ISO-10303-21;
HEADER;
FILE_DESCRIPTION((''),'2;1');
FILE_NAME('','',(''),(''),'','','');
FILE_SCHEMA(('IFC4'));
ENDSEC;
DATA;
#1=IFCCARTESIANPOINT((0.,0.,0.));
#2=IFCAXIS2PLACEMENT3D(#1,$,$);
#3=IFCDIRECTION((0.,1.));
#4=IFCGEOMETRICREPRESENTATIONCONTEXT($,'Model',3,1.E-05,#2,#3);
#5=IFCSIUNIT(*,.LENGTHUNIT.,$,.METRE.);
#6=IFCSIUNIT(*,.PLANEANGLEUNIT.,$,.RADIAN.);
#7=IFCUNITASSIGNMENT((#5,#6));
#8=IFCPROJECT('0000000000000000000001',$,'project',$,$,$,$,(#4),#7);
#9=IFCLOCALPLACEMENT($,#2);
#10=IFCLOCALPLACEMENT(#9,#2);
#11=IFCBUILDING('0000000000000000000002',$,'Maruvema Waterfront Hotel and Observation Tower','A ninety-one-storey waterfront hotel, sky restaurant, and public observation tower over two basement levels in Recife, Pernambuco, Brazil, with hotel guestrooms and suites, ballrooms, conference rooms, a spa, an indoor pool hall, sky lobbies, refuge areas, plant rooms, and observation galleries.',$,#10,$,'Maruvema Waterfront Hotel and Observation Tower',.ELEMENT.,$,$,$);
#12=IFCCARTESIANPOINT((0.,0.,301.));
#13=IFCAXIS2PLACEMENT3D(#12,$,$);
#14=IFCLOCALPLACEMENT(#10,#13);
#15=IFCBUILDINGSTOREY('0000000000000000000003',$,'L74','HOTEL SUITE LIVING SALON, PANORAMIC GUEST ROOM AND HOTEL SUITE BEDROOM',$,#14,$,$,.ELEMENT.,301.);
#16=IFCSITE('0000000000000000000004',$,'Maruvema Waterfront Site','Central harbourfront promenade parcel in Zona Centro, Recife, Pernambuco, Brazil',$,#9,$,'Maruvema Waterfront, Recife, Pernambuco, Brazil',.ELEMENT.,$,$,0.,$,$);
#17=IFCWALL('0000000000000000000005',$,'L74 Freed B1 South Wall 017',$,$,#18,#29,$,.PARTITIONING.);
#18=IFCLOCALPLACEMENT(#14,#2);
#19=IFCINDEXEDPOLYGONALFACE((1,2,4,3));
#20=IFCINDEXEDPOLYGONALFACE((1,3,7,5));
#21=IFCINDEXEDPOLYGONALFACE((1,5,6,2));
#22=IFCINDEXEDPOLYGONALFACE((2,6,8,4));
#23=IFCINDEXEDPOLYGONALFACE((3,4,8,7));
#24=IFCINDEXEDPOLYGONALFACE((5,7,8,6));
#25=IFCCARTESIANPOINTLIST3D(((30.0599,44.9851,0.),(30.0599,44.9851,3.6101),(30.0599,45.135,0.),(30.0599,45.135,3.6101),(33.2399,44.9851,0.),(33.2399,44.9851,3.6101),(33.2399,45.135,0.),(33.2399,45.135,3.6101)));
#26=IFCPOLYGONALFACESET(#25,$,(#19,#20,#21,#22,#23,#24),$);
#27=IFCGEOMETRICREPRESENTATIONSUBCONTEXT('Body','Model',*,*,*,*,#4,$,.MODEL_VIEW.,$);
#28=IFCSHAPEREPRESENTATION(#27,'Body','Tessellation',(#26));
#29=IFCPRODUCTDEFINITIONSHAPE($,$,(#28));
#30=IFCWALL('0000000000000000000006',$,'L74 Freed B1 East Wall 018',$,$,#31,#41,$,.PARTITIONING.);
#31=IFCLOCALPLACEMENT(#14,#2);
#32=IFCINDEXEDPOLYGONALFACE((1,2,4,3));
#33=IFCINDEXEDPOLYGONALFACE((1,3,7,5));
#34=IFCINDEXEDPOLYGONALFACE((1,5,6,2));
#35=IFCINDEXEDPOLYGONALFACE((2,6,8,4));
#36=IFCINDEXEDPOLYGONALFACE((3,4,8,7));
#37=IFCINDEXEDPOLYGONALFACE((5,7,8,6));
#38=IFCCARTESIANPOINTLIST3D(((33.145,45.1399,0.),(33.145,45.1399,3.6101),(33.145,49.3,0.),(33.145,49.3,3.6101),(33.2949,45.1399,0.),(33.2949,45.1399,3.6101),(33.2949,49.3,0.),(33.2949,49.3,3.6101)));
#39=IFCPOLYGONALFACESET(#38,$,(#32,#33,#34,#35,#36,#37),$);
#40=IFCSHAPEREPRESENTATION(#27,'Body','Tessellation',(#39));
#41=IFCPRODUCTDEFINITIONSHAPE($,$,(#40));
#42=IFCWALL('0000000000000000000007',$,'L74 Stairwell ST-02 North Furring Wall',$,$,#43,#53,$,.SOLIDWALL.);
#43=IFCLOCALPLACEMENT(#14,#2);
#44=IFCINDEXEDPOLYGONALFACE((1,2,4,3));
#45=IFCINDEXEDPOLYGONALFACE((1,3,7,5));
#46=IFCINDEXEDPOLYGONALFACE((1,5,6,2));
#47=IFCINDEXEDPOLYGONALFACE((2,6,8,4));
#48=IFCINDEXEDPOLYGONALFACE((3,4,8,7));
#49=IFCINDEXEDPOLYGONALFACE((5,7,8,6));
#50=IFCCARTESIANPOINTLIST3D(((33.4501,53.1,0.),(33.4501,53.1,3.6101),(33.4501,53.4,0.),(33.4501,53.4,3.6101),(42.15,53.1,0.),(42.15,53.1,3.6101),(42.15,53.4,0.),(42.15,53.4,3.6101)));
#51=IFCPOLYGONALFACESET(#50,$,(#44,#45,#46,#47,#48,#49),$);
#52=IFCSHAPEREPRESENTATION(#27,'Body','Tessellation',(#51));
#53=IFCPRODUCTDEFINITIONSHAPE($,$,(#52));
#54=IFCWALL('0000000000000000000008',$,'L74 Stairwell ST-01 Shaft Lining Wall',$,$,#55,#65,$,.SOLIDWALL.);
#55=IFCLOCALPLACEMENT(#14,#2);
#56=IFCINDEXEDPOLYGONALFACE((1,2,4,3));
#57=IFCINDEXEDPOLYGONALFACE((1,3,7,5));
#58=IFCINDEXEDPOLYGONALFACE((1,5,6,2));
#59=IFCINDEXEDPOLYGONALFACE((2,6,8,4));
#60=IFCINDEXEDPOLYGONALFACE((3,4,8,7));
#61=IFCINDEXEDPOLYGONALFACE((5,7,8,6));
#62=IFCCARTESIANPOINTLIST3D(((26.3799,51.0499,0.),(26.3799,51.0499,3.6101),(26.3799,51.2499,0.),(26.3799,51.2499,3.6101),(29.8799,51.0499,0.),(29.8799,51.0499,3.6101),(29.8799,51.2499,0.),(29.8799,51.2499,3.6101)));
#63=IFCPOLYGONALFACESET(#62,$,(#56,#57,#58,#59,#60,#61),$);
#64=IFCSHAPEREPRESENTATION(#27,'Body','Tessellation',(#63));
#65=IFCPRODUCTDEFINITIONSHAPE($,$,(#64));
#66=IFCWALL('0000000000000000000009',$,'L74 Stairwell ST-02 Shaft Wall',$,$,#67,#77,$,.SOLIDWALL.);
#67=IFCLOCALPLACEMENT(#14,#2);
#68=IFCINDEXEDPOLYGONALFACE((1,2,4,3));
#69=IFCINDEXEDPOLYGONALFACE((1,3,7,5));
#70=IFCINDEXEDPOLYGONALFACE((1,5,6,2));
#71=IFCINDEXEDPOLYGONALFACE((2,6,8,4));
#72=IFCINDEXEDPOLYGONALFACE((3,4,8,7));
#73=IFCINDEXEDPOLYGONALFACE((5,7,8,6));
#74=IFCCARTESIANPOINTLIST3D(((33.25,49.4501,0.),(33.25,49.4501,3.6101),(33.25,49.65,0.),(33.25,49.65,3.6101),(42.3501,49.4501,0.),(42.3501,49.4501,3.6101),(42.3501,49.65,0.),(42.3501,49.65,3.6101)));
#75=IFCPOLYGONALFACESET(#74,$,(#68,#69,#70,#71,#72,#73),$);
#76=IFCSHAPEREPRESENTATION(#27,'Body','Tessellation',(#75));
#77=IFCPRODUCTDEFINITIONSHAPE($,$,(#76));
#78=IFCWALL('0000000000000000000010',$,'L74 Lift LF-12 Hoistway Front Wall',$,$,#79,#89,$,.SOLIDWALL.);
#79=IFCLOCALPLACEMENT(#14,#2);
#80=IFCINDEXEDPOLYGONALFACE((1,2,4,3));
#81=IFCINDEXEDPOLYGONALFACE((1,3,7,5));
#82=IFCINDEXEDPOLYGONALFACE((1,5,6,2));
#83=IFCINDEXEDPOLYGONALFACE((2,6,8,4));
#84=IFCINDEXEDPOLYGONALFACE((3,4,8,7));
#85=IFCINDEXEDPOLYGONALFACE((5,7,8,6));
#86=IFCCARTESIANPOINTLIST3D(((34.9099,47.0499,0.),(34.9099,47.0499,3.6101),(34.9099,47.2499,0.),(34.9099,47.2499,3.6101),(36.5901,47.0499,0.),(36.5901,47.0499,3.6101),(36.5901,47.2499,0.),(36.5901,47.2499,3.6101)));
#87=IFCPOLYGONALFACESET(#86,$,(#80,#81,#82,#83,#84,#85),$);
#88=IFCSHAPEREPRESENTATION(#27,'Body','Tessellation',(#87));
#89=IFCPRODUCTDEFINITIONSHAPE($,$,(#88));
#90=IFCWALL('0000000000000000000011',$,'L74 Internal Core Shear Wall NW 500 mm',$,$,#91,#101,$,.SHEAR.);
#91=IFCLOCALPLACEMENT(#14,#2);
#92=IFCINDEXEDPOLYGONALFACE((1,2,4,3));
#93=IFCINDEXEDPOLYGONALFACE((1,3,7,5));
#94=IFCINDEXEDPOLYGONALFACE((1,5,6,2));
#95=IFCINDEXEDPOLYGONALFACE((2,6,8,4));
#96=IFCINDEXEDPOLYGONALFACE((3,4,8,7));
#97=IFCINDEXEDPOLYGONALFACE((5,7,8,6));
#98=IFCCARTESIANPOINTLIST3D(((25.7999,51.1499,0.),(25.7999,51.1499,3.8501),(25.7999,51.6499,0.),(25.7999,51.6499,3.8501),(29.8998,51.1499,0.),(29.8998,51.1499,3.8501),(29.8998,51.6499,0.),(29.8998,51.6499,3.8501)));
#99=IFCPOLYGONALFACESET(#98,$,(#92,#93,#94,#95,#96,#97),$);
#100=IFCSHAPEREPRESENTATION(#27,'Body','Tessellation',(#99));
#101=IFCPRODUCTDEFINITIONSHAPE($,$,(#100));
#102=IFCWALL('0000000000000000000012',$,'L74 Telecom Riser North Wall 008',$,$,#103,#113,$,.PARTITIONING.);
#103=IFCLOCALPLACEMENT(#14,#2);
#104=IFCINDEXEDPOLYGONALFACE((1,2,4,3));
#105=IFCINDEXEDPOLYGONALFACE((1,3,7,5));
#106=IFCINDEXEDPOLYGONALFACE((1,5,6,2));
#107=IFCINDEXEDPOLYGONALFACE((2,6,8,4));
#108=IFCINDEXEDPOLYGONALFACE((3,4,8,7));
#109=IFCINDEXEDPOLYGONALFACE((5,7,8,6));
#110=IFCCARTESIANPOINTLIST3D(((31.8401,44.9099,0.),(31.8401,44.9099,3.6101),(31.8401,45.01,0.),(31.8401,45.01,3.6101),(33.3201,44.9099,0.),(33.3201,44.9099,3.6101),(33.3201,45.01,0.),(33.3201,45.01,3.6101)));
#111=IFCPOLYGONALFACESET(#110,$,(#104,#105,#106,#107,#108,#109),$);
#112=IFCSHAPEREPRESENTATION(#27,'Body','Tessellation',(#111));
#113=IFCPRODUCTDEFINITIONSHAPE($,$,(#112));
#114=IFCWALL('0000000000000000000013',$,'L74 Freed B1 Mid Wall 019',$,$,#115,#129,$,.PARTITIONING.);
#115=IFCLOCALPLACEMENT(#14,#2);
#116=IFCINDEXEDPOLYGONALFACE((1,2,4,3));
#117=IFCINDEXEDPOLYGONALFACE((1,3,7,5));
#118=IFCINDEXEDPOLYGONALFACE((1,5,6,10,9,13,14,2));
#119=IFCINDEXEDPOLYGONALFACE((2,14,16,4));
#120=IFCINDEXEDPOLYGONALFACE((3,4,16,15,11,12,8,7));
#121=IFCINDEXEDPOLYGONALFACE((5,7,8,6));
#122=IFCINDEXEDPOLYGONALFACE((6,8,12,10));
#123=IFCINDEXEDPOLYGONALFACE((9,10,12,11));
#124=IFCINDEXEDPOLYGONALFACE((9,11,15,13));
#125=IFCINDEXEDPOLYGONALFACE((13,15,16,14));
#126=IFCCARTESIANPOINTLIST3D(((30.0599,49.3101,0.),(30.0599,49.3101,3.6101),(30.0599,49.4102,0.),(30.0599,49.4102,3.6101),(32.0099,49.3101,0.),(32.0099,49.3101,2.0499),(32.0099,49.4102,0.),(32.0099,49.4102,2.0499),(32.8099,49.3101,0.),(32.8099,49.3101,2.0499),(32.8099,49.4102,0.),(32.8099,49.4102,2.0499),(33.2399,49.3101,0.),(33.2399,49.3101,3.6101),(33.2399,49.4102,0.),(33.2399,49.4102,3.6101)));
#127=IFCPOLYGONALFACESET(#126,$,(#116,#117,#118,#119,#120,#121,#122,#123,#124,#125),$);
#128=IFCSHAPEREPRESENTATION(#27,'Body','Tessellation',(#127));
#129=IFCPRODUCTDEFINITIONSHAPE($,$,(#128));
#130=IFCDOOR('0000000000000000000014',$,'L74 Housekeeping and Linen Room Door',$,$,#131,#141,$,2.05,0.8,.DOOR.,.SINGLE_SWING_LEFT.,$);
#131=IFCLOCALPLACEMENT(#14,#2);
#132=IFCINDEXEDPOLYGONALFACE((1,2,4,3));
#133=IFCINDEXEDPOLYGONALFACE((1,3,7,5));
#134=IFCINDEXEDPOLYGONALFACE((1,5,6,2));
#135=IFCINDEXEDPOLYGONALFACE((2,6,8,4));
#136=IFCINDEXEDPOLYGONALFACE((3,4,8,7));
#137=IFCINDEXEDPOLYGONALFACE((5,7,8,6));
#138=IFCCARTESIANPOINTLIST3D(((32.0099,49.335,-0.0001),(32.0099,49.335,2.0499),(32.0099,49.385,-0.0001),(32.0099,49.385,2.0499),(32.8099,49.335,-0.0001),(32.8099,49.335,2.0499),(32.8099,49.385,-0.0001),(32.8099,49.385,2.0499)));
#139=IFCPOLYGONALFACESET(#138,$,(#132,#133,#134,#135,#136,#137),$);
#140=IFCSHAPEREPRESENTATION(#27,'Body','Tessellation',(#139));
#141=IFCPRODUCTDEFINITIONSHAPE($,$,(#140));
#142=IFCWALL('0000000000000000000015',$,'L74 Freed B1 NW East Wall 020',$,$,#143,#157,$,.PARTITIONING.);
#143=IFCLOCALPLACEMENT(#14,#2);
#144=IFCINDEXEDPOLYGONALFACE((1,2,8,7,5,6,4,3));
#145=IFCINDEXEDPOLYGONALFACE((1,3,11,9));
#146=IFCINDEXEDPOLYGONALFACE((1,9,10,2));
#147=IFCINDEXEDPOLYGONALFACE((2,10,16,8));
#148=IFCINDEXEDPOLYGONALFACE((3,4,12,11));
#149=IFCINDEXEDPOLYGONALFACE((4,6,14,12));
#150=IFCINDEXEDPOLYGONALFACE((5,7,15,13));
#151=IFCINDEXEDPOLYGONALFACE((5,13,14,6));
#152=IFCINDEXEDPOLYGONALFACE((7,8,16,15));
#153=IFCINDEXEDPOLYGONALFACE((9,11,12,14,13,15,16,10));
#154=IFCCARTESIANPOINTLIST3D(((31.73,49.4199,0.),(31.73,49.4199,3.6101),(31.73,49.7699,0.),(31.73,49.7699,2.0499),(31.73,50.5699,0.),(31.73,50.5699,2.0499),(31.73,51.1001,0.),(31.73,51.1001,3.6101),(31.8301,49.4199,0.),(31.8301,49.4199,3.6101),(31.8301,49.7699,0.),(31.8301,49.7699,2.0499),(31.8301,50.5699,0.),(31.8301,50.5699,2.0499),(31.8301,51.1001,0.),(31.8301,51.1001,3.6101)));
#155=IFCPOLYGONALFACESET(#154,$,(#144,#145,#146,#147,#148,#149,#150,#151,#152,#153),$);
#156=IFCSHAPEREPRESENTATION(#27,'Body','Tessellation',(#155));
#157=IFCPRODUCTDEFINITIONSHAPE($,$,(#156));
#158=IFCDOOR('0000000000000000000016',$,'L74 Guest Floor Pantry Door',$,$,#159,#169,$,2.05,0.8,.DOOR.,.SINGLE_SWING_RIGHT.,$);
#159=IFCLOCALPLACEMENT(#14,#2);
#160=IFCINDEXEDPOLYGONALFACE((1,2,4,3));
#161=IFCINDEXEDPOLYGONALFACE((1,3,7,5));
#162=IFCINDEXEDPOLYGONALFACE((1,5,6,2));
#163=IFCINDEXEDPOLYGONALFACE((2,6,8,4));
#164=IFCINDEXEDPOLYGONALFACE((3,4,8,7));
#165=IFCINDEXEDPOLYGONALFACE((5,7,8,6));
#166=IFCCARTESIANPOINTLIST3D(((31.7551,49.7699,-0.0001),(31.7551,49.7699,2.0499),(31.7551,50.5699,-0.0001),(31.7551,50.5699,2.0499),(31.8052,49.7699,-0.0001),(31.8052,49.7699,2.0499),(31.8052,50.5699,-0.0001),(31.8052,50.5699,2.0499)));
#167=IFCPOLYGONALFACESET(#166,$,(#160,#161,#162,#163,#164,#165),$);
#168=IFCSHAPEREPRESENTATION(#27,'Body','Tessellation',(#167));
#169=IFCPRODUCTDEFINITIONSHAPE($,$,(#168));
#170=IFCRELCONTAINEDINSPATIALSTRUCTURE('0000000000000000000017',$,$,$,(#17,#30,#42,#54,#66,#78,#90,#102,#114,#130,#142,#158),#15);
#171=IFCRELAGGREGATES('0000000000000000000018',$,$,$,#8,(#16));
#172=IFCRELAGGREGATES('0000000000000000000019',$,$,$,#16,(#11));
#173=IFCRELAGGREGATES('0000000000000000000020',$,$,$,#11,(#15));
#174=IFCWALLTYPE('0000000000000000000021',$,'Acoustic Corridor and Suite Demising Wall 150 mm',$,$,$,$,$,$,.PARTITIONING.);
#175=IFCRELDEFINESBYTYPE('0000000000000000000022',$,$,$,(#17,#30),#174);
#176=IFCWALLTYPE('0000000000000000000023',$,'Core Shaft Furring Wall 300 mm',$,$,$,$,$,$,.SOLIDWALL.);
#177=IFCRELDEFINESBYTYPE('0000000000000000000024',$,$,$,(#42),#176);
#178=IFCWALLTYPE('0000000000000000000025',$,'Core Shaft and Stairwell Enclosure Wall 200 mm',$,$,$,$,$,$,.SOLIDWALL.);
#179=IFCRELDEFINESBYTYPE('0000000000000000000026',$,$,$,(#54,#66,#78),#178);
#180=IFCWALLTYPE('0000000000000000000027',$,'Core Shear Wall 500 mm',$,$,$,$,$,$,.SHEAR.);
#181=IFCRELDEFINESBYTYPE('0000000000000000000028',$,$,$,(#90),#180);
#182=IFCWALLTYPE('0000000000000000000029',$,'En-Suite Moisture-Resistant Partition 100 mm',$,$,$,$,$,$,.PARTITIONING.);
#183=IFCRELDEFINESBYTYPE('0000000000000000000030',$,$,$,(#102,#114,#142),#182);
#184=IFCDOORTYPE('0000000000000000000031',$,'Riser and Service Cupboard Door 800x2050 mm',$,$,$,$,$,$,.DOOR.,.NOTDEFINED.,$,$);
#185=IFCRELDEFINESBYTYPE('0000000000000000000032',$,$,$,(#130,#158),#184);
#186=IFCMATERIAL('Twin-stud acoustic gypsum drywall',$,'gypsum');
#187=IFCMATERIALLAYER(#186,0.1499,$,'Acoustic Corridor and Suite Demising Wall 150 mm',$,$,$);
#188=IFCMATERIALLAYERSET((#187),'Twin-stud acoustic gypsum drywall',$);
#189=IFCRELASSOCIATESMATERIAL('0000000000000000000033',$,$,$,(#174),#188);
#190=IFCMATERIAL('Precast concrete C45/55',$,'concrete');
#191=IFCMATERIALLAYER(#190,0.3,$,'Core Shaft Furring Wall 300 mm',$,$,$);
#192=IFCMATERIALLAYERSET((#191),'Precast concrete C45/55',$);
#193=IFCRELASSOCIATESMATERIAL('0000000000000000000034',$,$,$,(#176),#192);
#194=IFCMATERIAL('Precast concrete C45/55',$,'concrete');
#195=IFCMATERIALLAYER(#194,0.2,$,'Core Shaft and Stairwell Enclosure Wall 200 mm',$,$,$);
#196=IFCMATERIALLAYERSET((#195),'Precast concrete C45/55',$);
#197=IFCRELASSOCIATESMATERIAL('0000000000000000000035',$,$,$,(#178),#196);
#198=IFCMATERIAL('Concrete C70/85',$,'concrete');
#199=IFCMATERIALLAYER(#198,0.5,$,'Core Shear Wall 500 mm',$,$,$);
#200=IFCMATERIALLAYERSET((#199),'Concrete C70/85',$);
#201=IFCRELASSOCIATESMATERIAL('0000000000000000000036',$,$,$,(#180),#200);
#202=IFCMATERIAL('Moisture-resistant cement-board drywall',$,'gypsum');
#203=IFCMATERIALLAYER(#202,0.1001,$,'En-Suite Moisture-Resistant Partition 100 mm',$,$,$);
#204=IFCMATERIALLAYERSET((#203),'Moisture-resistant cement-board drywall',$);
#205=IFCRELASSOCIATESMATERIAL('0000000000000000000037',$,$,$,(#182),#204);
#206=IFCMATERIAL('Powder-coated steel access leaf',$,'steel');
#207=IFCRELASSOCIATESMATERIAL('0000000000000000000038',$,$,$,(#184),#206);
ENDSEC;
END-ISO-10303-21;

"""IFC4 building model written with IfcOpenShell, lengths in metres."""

from ifc_helpers import new_model, si_unit, direction, frame, frame_2d, origin, place, context, subcontext, project, spatial, rectangle, extrude, material, layer, layer_set, type_object, element, fill, save


model = new_model("IFC4")

# Units and contexts
model_context = context("Model", 3, precision=1e-05, world=origin(), true_north=direction((0.0, 1.0)))
body_context = subcontext(model_context, "Body", "Model", "MODEL_VIEW")
ifc_project = project(units=[si_unit("LENGTHUNIT", "METRE"), si_unit("PLANEANGLEUNIT", "RADIAN")], contexts=[model_context])

# Site, building, storey
site_placement = place(None, origin())
site = spatial("IfcSite", under=ifc_project, at=site_placement, Name="Maruvema Waterfront Site", Description="Central harbourfront promenade parcel in Zona Centro, Recife, Pernambuco, Brazil", LongName="Maruvema Waterfront, Recife, Pernambuco, Brazil", CompositionType="ELEMENT", RefElevation=0.0)
building_placement = place(site_placement, origin())
building = spatial("IfcBuilding", under=site, at=building_placement, Name="Maruvema Waterfront Hotel and Observation Tower", Description="A ninety-one-storey waterfront hotel, sky restaurant, and public observation tower over two basement levels in Recife, Pernambuco, Brazil, with hotel guestrooms and suites, ballrooms, conference rooms, a spa, an indoor pool hall, sky lobbies, refuge areas, plant rooms, and observation galleries.", LongName="Maruvema Waterfront Hotel and Observation Tower", CompositionType="ELEMENT")
storey_placement = place(building_placement, frame((0.0, 0.0, 301.0)))
storey = spatial("IfcBuildingStorey", under=building, at=storey_placement, Name="L74", Description="HOTEL SUITE LIVING SALON, PANORAMIC GUEST ROOM AND HOTEL SUITE BEDROOM", CompositionType="ELEMENT", Elevation=301.0)

# Walls
ifc_material_1 = material(Name="Twin-stud acoustic gypsum drywall", Category="gypsum")
ifc_layer_1 = layer(ifc_material_1, 0.1499, Name="Acoustic Corridor and Suite Demising Wall 150 mm")
ifc_layer_set_1 = layer_set([ifc_layer_1], Name="Twin-stud acoustic gypsum drywall")
wall_type_1 = type_object("IfcWallType", Name="Acoustic Corridor and Suite Demising Wall 150 mm", PredefinedType="PARTITIONING", material=ifc_layer_set_1)
wall_1_placement = place(storey_placement, frame((30.0601, 45.0601, 0.0), z_axis=(0.0, 0.0, 1.0), x_axis=(1.0, 0.0, 0.0)))
element("IfcWall", 1, at=wall_1_placement, inside=storey, type_object=wall_type_1, Name="L74 Freed B1 South Wall 017", PredefinedType="PARTITIONING", context=body_context, shape_type="SweptSolid", body=[
    extrude(rectangle(XDim=3.1799, YDim=0.1499, at=frame_2d((1.5898, 0.0))), origin(), (0.0, 0.0, 1.0), 3.6101),
])
wall_2_placement = place(storey_placement, frame((33.22, 45.1399, 0.0), z_axis=(0.0, 0.0, 1.0), x_axis=(0.0, 1.0, 0.0)))
element("IfcWall", 2, at=wall_2_placement, inside=storey, type_object=wall_type_1, Name="L74 Freed B1 East Wall 018", PredefinedType="PARTITIONING", context=body_context, shape_type="SweptSolid", body=[
    extrude(rectangle(XDim=4.1602, YDim=0.1499, at=frame_2d((2.0801, 0.0))), origin(), (0.0, 0.0, 1.0), 3.6101),
])
ifc_material_2 = material(Name="Precast concrete C45/55", Category="concrete")
ifc_layer_2 = layer(ifc_material_2, 0.3, Name="Core Shaft Furring Wall 300 mm")
ifc_layer_set_2 = layer_set([ifc_layer_2], Name="Precast concrete C45/55")
wall_type_2 = type_object("IfcWallType", Name="Core Shaft Furring Wall 300 mm", PredefinedType="SOLIDWALL", material=ifc_layer_set_2)
wall_3_placement = place(storey_placement, frame((33.45, 53.25, 0.0), z_axis=(0.0, 0.0, 1.0), x_axis=(1.0, 0.0, 0.0)))
element("IfcWall", 3, at=wall_3_placement, inside=storey, type_object=wall_type_2, Name="L74 Stairwell ST-02 North Furring Wall", PredefinedType="SOLIDWALL", context=body_context, shape_type="SweptSolid", body=[
    extrude(rectangle(XDim=8.7, YDim=0.3, at=frame_2d((4.3501, 0.0))), origin(), (0.0, 0.0, 1.0), 3.6101),
])
ifc_material_3 = material(Name="Precast concrete C45/55", Category="concrete")
ifc_layer_3 = layer(ifc_material_3, 0.2, Name="Core Shaft and Stairwell Enclosure Wall 200 mm")
ifc_layer_set_3 = layer_set([ifc_layer_3], Name="Precast concrete C45/55")
wall_type_3 = type_object("IfcWallType", Name="Core Shaft and Stairwell Enclosure Wall 200 mm", PredefinedType="SOLIDWALL", material=ifc_layer_set_3)
wall_4_placement = place(storey_placement, frame((26.3799, 51.1499, 0.0), z_axis=(0.0, 0.0, 1.0), x_axis=(1.0, 0.0, 0.0)))
element("IfcWall", 4, at=wall_4_placement, inside=storey, type_object=wall_type_3, Name="L74 Stairwell ST-01 Shaft Lining Wall", PredefinedType="SOLIDWALL", context=body_context, shape_type="SweptSolid", body=[
    extrude(rectangle(XDim=3.5, YDim=0.2, at=frame_2d((1.75, 0.0))), origin(), (0.0, 0.0, 1.0), 3.6101),
])
wall_5_placement = place(storey_placement, frame((33.25, 49.55, 0.0), z_axis=(0.0, 0.0, 1.0), x_axis=(1.0, 0.0, 0.0)))
element("IfcWall", 5, at=wall_5_placement, inside=storey, type_object=wall_type_3, Name="L74 Stairwell ST-02 Shaft Wall", PredefinedType="SOLIDWALL", context=body_context, shape_type="SweptSolid", body=[
    extrude(rectangle(XDim=9.1001, YDim=0.2, at=frame_2d((4.55, 0.0))), origin(), (0.0, 0.0, 1.0), 3.6101),
])

# Walls
wall_6_placement = place(storey_placement, frame((34.9099, 47.1499, 0.0), z_axis=(0.0, 0.0, 1.0), x_axis=(1.0, 0.0, 0.0)))
element("IfcWall", 6, at=wall_6_placement, inside=storey, type_object=wall_type_3, Name="L74 Lift LF-12 Hoistway Front Wall", PredefinedType="SOLIDWALL", context=body_context, shape_type="SweptSolid", body=[
    extrude(rectangle(XDim=1.6802, YDim=0.2, at=frame_2d((0.8401, 0.0))), origin(), (0.0, 0.0, 1.0), 3.6101),
])
ifc_material_4 = material(Name="Concrete C70/85", Category="concrete")
ifc_layer_4 = layer(ifc_material_4, 0.5, Name="Core Shear Wall 500 mm")
ifc_layer_set_4 = layer_set([ifc_layer_4], Name="Concrete C70/85")
wall_type_4 = type_object("IfcWallType", Name="Core Shear Wall 500 mm", PredefinedType="SHEAR", material=ifc_layer_set_4)
wall_7_placement = place(storey_placement, frame((25.8, 51.3999, 0.0), z_axis=(0.0, 0.0, 1.0), x_axis=(1.0, 0.0, 0.0)))
element("IfcWall", 7, at=wall_7_placement, inside=storey, type_object=wall_type_4, Name="L74 Internal Core Shear Wall NW 500 mm", PredefinedType="SHEAR", context=body_context, shape_type="SweptSolid", body=[
    extrude(rectangle(XDim=4.0999, YDim=0.5, at=frame_2d((2.0498, 0.0))), origin(), (0.0, 0.0, 1.0), 3.8501),
])
ifc_material_5 = material(Name="Moisture-resistant cement-board drywall", Category="gypsum")
ifc_layer_5 = layer(ifc_material_5, 0.1001, Name="En-Suite Moisture-Resistant Partition 100 mm")
ifc_layer_set_5 = layer_set([ifc_layer_5], Name="Moisture-resistant cement-board drywall")
wall_type_5 = type_object("IfcWallType", Name="En-Suite Moisture-Resistant Partition 100 mm", PredefinedType="PARTITIONING", material=ifc_layer_set_5)
wall_8_placement = place(storey_placement, frame((31.8401, 44.96, 0.0), z_axis=(0.0, 0.0, 1.0), x_axis=(1.0, 0.0, 0.0)))
element("IfcWall", 8, at=wall_8_placement, inside=storey, type_object=wall_type_5, Name="L74 Telecom Riser North Wall 008", PredefinedType="PARTITIONING", context=body_context, shape_type="SweptSolid", body=[
    extrude(rectangle(XDim=1.48, YDim=0.1001, at=frame_2d((0.74, 0.0))), origin(), (0.0, 0.0, 1.0), 3.6101),
])

# Walls, openings, doors
wall_9_placement = place(storey_placement, frame((30.0601, 49.3601, 0.0), z_axis=(0.0, 0.0, 1.0), x_axis=(1.0, 0.0, 0.0)))
wall_9 = element("IfcWall", 9, at=wall_9_placement, inside=storey, type_object=wall_type_5, Name="L74 Freed B1 Mid Wall 019", PredefinedType="PARTITIONING", context=body_context, shape_type="SweptSolid", body=[
    extrude(rectangle(XDim=3.1799, YDim=0.1001, at=frame_2d((1.5898, 0.0))), origin(), (0.0, 0.0, 1.0), 3.6101),
])
opening_1_placement = place(wall_9_placement, frame((1.95, 0.0, 0.0)))
opening_1 = element("IfcOpeningElement", 10, at=opening_1_placement, cuts=wall_9, PredefinedType="OPENING", context=body_context, shape_type="SweptSolid", body=[
    extrude(rectangle(XDim=0.8, YDim=2.05, at=frame_2d((0.3999, 1.0249))), frame((0.0, 0.0601, 0.0), z_axis=(0.0, -1.0, 0.0), x_axis=(1.0, 0.0, 0.0)), (0.0, 0.0, 1.0), 0.1201),
])
ifc_material_6 = material(Name="Powder-coated steel access leaf", Category="steel")
door_type_1 = type_object("IfcDoorType", Name="Riser and Service Cupboard Door 800x2050 mm", OperationType="NOTDEFINED", PredefinedType="DOOR", material=ifc_material_6)
door_1_placement = place(opening_1_placement, origin())
door_1 = element("IfcDoor", 11, at=door_1_placement, inside=storey, type_object=door_type_1, Name="L74 Housekeeping and Linen Room Door", OperationType="SINGLE_SWING_LEFT", OverallHeight=2.05, OverallWidth=0.8, PredefinedType="DOOR", context=body_context, shape_type="SweptSolid", body=[
    extrude(rectangle(XDim=0.8, YDim=2.05, at=frame_2d((0.3999, 1.0249))), frame((0.0, 0.0249, 0.0), z_axis=(0.0, -1.0, 0.0), x_axis=(1.0, 0.0, 0.0)), (0.0, 0.0, 1.0), 0.05),
])
fill(opening_1, door_1)
wall_10_placement = place(storey_placement, frame((31.78, 49.4199, 0.0), z_axis=(0.0, 0.0, 1.0), x_axis=(0.0, 1.0, 0.0)))
wall_10 = element("IfcWall", 12, at=wall_10_placement, inside=storey, type_object=wall_type_5, Name="L74 Freed B1 NW East Wall 020", PredefinedType="PARTITIONING", context=body_context, shape_type="SweptSolid", body=[
    extrude(rectangle(XDim=1.6802, YDim=0.1001, at=frame_2d((0.8401, 0.0))), origin(), (0.0, 0.0, 1.0), 3.6101),
])
opening_2_placement = place(wall_10_placement, frame((0.3501, 0.0, 0.0)))
opening_2 = element("IfcOpeningElement", 13, at=opening_2_placement, cuts=wall_10, PredefinedType="OPENING", context=body_context, shape_type="SweptSolid", body=[
    extrude(rectangle(XDim=0.8, YDim=2.05, at=frame_2d((0.3999, 1.0249))), frame((0.0, 0.0601, 0.0), z_axis=(0.0, -1.0, 0.0), x_axis=(1.0, 0.0, 0.0)), (0.0, 0.0, 1.0), 0.1201),
])
door_2_placement = place(opening_2_placement, origin())
door_2 = element("IfcDoor", 14, at=door_2_placement, inside=storey, type_object=door_type_1, Name="L74 Guest Floor Pantry Door", OperationType="SINGLE_SWING_RIGHT", OverallHeight=2.05, OverallWidth=0.8, PredefinedType="DOOR", context=body_context, shape_type="SweptSolid", body=[
    extrude(rectangle(XDim=0.8, YDim=2.05, at=frame_2d((0.3999, 1.0249))), frame((0.0, 0.0249, 0.0), z_axis=(0.0, -1.0, 0.0), x_axis=(1.0, 0.0, 0.0)), (0.0, 0.0, 1.0), 0.05),
])
fill(opening_2, door_2)

save(model, "model.ifc")
